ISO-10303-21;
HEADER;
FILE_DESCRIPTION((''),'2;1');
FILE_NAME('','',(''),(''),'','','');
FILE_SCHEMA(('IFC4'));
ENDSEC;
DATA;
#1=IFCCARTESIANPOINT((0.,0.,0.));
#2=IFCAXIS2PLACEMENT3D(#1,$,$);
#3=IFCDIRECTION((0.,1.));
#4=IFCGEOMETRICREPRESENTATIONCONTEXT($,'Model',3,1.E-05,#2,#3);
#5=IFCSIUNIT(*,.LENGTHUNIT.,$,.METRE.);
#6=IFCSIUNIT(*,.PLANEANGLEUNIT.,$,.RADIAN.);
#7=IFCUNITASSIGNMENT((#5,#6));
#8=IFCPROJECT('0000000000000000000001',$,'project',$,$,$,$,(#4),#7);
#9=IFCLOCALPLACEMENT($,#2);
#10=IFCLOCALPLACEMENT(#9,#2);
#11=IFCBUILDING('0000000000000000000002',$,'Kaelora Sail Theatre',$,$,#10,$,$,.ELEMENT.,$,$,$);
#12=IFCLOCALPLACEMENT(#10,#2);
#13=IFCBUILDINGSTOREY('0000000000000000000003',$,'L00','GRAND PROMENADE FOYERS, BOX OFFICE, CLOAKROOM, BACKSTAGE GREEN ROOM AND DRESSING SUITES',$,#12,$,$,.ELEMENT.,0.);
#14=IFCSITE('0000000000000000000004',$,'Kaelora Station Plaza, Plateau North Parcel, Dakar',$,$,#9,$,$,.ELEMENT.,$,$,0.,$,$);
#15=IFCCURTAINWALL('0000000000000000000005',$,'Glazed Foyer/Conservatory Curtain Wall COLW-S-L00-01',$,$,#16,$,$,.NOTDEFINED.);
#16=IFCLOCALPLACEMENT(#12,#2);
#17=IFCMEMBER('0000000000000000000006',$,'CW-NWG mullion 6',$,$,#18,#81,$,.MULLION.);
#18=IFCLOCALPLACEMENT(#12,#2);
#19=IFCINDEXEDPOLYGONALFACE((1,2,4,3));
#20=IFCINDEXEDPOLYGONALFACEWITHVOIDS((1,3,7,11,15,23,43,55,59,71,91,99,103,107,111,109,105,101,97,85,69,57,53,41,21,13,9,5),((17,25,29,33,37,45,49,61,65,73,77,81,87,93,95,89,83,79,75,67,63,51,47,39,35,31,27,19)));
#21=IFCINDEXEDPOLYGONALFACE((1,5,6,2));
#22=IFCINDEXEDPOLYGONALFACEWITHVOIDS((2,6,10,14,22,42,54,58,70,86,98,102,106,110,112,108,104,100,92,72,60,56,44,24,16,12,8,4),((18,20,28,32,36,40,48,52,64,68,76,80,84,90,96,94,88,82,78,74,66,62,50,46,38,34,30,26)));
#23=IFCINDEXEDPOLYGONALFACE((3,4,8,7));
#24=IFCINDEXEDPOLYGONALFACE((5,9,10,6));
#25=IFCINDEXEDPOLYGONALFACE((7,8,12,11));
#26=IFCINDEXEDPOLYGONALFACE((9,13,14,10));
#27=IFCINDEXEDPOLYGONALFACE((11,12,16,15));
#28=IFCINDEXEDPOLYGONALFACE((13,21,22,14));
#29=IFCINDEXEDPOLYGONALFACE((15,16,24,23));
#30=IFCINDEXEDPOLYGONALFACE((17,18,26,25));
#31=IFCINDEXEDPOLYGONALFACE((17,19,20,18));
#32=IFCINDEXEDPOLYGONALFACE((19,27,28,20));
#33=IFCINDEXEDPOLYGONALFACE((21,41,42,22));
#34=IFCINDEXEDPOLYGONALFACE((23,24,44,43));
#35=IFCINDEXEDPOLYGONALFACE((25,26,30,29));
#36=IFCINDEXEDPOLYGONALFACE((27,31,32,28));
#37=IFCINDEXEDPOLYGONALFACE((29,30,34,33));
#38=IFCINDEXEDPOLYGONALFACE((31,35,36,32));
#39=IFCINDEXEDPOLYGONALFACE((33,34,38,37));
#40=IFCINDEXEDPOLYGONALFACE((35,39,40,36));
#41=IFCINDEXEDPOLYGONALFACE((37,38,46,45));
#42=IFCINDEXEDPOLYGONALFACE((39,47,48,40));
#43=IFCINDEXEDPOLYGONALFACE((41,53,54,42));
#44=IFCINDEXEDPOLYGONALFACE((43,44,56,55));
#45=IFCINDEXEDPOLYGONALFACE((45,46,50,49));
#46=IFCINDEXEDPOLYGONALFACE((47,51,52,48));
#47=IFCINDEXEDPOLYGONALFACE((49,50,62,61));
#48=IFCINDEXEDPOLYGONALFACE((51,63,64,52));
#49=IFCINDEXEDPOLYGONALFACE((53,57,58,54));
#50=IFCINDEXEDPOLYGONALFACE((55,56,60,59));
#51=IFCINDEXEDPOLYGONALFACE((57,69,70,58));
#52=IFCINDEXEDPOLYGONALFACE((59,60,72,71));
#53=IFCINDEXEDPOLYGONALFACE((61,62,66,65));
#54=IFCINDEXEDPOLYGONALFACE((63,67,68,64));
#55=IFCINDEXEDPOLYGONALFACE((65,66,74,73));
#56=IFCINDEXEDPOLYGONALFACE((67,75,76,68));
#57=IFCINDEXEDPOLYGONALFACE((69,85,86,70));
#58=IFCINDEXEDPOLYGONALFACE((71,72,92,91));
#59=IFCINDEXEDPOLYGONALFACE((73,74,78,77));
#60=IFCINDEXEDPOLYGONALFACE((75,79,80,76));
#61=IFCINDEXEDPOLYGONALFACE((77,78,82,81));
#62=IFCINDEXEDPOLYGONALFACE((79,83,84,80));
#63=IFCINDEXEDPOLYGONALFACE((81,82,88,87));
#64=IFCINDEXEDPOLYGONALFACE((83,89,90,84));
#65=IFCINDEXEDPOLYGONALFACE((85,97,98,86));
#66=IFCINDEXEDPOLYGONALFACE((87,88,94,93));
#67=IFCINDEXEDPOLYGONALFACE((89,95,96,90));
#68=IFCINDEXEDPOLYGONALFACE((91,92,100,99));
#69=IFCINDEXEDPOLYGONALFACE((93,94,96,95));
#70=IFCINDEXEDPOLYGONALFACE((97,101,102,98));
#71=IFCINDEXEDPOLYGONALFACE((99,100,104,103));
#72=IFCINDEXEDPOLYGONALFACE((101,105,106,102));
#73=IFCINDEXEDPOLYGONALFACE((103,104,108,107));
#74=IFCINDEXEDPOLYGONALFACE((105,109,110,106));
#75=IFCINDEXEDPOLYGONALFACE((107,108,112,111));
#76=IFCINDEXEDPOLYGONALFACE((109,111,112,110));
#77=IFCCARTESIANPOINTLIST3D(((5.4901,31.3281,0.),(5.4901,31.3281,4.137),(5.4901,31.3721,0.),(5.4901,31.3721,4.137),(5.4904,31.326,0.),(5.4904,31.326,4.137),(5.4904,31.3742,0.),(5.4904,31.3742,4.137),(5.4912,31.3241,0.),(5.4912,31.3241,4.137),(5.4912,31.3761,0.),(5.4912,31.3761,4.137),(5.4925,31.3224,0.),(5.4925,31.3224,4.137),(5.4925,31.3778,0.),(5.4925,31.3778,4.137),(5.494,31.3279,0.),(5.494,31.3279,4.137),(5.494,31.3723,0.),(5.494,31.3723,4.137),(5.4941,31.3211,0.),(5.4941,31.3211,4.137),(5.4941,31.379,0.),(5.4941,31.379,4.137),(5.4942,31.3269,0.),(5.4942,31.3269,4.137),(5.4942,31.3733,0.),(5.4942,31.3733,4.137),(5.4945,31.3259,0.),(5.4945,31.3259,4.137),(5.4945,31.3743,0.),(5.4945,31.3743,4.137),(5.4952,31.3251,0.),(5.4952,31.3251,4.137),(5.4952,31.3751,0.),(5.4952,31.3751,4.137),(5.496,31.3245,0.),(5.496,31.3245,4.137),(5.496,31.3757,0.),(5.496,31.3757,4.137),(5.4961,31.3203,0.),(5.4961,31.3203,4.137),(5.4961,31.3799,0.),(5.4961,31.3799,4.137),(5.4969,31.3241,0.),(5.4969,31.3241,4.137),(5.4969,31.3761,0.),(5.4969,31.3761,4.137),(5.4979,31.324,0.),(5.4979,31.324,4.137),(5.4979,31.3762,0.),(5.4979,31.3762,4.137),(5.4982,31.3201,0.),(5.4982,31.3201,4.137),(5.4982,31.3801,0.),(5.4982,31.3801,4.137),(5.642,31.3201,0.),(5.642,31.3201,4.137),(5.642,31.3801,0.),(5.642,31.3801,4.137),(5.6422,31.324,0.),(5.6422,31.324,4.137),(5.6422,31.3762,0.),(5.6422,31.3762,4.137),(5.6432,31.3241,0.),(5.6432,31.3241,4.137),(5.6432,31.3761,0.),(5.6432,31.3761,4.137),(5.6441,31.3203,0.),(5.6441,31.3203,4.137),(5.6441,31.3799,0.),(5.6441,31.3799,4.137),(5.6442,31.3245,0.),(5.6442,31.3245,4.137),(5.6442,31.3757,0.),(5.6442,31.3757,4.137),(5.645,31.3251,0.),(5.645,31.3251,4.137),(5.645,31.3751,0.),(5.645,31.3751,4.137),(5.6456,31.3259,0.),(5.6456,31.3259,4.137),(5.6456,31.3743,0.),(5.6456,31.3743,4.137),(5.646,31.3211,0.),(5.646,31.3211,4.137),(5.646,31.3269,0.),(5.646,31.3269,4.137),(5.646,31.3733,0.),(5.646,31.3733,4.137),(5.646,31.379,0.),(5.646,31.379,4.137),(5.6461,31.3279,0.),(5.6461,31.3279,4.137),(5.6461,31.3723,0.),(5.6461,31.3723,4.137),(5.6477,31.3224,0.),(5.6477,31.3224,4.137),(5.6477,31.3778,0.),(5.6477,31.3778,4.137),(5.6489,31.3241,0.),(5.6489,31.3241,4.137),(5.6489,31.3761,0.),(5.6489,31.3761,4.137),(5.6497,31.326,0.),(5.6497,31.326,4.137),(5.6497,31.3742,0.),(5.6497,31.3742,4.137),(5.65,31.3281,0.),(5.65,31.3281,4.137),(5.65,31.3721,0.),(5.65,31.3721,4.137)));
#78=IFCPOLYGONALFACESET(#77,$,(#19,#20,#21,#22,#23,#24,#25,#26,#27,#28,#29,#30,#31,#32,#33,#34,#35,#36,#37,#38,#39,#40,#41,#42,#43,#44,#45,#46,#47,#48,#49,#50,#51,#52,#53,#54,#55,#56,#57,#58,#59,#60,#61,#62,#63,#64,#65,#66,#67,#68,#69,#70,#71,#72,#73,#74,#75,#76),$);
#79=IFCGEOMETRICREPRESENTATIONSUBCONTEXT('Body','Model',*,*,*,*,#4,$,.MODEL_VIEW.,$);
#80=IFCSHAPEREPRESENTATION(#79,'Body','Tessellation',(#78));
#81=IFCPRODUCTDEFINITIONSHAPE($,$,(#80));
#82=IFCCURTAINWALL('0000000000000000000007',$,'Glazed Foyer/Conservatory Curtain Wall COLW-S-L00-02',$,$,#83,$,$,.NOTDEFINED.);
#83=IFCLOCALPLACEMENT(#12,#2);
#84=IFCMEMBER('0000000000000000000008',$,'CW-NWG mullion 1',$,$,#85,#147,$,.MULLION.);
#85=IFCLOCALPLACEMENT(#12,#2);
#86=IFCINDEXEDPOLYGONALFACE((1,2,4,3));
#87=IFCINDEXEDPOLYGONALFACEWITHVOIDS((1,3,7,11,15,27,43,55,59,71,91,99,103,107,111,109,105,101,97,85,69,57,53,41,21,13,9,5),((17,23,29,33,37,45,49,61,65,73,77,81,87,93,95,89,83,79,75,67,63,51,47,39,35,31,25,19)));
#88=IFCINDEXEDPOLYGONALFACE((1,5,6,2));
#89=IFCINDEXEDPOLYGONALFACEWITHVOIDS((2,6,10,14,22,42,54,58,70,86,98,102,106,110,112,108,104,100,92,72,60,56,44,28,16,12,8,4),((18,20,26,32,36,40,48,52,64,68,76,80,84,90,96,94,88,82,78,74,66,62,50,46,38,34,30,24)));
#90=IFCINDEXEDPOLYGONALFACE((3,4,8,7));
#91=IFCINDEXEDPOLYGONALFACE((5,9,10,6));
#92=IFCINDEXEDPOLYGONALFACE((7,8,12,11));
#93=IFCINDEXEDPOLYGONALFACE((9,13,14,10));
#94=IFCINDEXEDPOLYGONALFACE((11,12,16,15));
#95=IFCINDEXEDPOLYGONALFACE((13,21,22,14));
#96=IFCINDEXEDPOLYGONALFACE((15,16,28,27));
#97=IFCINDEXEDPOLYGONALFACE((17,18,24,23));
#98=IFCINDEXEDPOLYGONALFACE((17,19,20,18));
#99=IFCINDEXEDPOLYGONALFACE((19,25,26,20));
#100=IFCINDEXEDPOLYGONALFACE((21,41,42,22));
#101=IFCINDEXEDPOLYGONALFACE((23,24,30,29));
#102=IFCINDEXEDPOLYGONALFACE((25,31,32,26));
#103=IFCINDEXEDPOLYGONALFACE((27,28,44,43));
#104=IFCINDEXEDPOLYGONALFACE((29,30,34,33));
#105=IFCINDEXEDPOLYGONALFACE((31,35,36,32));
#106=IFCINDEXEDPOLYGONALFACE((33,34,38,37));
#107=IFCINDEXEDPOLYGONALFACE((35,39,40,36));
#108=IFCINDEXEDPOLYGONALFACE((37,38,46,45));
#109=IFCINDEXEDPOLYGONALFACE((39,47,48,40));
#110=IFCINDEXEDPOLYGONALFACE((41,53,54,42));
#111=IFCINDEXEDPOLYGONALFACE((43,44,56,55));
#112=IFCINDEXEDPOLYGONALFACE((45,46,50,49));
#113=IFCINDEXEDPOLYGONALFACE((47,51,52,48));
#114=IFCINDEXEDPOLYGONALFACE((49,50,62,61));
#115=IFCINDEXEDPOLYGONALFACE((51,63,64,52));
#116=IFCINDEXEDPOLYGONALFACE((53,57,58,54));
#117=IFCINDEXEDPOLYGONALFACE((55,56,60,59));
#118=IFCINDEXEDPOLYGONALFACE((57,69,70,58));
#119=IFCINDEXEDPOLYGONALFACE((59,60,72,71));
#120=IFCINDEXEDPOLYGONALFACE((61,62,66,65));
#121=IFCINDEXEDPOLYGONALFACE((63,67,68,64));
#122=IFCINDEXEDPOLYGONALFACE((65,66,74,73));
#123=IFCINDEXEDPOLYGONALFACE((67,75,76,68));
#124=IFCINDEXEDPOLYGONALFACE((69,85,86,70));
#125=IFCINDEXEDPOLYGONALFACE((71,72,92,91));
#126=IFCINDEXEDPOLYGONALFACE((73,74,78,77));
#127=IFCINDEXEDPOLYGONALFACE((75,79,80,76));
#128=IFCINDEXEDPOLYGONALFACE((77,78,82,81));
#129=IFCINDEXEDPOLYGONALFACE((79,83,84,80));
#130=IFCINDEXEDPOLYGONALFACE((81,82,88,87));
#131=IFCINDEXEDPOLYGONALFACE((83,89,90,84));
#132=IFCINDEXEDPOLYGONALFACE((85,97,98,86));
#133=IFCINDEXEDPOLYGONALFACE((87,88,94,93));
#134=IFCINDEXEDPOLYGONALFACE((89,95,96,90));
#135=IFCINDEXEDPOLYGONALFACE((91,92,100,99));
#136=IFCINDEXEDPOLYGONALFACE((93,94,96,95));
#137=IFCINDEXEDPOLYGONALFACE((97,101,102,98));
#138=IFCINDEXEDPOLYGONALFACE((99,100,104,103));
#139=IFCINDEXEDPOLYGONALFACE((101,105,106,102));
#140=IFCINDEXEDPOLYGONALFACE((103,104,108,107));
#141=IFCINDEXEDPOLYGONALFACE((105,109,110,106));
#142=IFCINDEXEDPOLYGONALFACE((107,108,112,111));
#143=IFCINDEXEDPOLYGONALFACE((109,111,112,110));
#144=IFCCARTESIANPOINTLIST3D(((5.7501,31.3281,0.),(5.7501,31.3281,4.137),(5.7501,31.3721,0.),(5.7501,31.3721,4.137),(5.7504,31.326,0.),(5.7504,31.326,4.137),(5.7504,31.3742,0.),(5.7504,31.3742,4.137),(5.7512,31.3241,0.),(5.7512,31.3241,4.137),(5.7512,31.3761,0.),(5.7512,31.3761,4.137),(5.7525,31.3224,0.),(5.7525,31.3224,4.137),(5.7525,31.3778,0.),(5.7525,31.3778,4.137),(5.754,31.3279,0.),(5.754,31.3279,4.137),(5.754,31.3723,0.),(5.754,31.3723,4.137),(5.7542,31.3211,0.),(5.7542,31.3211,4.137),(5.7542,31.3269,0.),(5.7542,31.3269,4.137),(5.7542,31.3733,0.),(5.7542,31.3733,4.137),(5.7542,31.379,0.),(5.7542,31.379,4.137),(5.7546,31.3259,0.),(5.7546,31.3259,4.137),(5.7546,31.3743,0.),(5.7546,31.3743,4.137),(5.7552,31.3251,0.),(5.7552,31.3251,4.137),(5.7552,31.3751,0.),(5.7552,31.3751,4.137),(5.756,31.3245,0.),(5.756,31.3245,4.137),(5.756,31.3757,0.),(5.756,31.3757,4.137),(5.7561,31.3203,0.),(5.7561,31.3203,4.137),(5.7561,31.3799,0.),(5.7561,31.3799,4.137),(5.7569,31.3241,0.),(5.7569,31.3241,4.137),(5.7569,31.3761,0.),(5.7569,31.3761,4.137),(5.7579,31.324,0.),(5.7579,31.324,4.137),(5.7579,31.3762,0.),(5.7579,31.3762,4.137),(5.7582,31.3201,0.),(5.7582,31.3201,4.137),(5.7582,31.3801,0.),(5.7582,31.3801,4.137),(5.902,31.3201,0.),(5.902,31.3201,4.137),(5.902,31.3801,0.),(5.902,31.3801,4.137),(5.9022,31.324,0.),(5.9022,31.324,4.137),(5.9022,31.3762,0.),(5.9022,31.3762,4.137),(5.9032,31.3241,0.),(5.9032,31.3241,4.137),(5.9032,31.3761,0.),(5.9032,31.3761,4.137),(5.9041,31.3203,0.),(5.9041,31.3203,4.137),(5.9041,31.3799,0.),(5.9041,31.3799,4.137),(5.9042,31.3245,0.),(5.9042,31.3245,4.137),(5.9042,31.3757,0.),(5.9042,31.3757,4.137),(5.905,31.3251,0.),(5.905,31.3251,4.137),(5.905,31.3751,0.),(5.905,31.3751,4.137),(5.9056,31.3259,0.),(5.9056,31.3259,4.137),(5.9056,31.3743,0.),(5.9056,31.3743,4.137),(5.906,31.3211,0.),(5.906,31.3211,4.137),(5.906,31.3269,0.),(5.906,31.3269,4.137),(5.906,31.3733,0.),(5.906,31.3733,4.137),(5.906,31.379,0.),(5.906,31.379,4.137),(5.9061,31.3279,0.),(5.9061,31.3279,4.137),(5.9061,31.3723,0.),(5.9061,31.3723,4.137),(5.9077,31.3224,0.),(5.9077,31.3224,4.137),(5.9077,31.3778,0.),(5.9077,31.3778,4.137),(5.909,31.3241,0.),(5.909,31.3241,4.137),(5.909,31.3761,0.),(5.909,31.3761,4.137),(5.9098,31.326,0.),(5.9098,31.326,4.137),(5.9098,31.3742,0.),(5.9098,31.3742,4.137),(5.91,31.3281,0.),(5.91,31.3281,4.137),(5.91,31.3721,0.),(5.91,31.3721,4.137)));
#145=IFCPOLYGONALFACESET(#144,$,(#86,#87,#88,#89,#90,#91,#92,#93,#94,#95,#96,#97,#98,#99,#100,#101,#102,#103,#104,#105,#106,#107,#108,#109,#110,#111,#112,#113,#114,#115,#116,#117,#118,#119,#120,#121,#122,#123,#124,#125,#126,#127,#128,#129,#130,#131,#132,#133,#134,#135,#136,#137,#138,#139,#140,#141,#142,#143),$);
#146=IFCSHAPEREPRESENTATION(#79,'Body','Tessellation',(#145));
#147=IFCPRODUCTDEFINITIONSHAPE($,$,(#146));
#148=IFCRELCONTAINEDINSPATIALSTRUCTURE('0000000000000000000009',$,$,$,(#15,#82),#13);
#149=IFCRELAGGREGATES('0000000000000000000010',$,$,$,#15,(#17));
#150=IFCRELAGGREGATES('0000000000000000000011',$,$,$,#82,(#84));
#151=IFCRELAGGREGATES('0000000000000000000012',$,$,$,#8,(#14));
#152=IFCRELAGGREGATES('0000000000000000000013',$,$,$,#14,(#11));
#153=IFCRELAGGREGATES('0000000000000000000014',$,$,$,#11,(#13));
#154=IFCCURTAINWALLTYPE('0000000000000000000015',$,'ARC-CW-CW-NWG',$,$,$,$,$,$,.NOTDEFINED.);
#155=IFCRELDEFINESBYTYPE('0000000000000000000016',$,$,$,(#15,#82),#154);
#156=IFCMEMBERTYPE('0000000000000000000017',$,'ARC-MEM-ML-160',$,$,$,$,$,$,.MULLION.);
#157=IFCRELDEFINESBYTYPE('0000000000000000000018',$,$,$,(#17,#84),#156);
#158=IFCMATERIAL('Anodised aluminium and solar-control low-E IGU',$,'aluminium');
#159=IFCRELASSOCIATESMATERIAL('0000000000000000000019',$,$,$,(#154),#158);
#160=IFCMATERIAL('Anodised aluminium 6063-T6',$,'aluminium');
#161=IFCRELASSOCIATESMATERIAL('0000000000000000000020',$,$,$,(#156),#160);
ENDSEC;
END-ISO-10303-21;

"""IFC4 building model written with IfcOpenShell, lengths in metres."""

from ifc_helpers import new_model, si_unit, direction, frame, origin, origin_2d, place, context, subcontext, project, spatial, hollow_rectangle, extrude, material, material_profile, profile_set, type_object, element, aggregate, save


model = new_model("IFC4")

# Units and contexts
model_context = context("Model", 3, precision=1e-05, world=origin(), true_north=direction((0.0, 1.0)))
body_context = subcontext(model_context, "Body", "Model", "MODEL_VIEW")
ifc_project = project(units=[si_unit("LENGTHUNIT", "METRE"), si_unit("PLANEANGLEUNIT", "RADIAN")], contexts=[model_context])

# Site, building, storey
site_placement = place(None, origin())
site = spatial("IfcSite", under=ifc_project, at=site_placement, Name="Kaelora Station Plaza, Plateau North Parcel, Dakar", CompositionType="ELEMENT", RefElevation=0.0)
building_placement = place(site_placement, origin())
building = spatial("IfcBuilding", under=site, at=building_placement, Name="Kaelora Sail Theatre", CompositionType="ELEMENT")
storey_placement = place(building_placement, origin())
storey = spatial("IfcBuildingStorey", under=building, at=storey_placement, Name="L00", Description="GRAND PROMENADE FOYERS, BOX OFFICE, CLOAKROOM, BACKSTAGE GREEN ROOM AND DRESSING SUITES", CompositionType="ELEMENT", Elevation=0.0)

# Curtain wall, member
ifc_material_1 = material(Name="Anodised aluminium and solar-control low-E IGU", Category="aluminium")
curtain_wall_type = type_object("IfcCurtainWallType", Name="ARC-CW-CW-NWG", PredefinedType="NOTDEFINED", material=ifc_material_1)
curtain_wall_1_placement = place(storey_placement, origin())
curtain_wall_1 = element("IfcCurtainWall", 1, at=curtain_wall_1_placement, inside=storey, type_object=curtain_wall_type, Name="Glazed Foyer/Conservatory Curtain Wall COLW-S-L00-01", PredefinedType="NOTDEFINED")
ifc_material_2 = material(Name="Anodised aluminium 6063-T6", Category="aluminium")
ifc_material_profile_1 = material_profile(ifc_material_2, hollow_rectangle(XDim=0.0601, YDim=0.1599, WallThickness=0.0039, InnerFilletRadius=0.0039, OuterFilletRadius=0.0081, at=origin_2d()), Name="ALU-MULL 60x160x4")
ifc_profile_set_1 = profile_set([ifc_material_profile_1], Name="Anodised aluminium 6063-T6")
member_type_1 = type_object("IfcMemberType", Name="ARC-MEM-ML-160", PredefinedType="MULLION", material=ifc_profile_set_1)
member_1_placement = place(storey_placement, frame((5.5701, 31.3501, 0.0), z_axis=(0.0, 0.0, 1.0), x_axis=(0.0, 1.0, 0.0)))
member_1 = element("IfcMember", 2, at=member_1_placement, type_object=member_type_1, Name="CW-NWG mullion 6", PredefinedType="MULLION", context=body_context, shape_type="SweptSolid", body=[
    extrude(hollow_rectangle(XDim=0.0601, YDim=0.1599, WallThickness=0.0039, InnerFilletRadius=0.0039, OuterFilletRadius=0.0081, at=origin_2d()), origin(), (0.0, 0.0, 1.0), 4.137),
])

# Curtain wall, member
curtain_wall_2_placement = place(storey_placement, origin())
curtain_wall_2 = element("IfcCurtainWall", 3, at=curtain_wall_2_placement, inside=storey, type_object=curtain_wall_type, Name="Glazed Foyer/Conservatory Curtain Wall COLW-S-L00-02", PredefinedType="NOTDEFINED")
member_2_placement = place(storey_placement, frame((5.8301, 31.3501, 0.0), z_axis=(0.0, 0.0, 1.0), x_axis=(0.0, 1.0, 0.0)))
member_2 = element("IfcMember", 4, at=member_2_placement, type_object=member_type_1, Name="CW-NWG mullion 1", PredefinedType="MULLION", context=body_context, shape_type="SweptSolid", body=[
    extrude(hollow_rectangle(XDim=0.0601, YDim=0.1599, WallThickness=0.0039, InnerFilletRadius=0.0039, OuterFilletRadius=0.0081, at=origin_2d()), origin(), (0.0, 0.0, 1.0), 4.137),
])

aggregate(curtain_wall_1, [member_1])
aggregate(curtain_wall_2, [member_2])

save(model, "model.ifc")
